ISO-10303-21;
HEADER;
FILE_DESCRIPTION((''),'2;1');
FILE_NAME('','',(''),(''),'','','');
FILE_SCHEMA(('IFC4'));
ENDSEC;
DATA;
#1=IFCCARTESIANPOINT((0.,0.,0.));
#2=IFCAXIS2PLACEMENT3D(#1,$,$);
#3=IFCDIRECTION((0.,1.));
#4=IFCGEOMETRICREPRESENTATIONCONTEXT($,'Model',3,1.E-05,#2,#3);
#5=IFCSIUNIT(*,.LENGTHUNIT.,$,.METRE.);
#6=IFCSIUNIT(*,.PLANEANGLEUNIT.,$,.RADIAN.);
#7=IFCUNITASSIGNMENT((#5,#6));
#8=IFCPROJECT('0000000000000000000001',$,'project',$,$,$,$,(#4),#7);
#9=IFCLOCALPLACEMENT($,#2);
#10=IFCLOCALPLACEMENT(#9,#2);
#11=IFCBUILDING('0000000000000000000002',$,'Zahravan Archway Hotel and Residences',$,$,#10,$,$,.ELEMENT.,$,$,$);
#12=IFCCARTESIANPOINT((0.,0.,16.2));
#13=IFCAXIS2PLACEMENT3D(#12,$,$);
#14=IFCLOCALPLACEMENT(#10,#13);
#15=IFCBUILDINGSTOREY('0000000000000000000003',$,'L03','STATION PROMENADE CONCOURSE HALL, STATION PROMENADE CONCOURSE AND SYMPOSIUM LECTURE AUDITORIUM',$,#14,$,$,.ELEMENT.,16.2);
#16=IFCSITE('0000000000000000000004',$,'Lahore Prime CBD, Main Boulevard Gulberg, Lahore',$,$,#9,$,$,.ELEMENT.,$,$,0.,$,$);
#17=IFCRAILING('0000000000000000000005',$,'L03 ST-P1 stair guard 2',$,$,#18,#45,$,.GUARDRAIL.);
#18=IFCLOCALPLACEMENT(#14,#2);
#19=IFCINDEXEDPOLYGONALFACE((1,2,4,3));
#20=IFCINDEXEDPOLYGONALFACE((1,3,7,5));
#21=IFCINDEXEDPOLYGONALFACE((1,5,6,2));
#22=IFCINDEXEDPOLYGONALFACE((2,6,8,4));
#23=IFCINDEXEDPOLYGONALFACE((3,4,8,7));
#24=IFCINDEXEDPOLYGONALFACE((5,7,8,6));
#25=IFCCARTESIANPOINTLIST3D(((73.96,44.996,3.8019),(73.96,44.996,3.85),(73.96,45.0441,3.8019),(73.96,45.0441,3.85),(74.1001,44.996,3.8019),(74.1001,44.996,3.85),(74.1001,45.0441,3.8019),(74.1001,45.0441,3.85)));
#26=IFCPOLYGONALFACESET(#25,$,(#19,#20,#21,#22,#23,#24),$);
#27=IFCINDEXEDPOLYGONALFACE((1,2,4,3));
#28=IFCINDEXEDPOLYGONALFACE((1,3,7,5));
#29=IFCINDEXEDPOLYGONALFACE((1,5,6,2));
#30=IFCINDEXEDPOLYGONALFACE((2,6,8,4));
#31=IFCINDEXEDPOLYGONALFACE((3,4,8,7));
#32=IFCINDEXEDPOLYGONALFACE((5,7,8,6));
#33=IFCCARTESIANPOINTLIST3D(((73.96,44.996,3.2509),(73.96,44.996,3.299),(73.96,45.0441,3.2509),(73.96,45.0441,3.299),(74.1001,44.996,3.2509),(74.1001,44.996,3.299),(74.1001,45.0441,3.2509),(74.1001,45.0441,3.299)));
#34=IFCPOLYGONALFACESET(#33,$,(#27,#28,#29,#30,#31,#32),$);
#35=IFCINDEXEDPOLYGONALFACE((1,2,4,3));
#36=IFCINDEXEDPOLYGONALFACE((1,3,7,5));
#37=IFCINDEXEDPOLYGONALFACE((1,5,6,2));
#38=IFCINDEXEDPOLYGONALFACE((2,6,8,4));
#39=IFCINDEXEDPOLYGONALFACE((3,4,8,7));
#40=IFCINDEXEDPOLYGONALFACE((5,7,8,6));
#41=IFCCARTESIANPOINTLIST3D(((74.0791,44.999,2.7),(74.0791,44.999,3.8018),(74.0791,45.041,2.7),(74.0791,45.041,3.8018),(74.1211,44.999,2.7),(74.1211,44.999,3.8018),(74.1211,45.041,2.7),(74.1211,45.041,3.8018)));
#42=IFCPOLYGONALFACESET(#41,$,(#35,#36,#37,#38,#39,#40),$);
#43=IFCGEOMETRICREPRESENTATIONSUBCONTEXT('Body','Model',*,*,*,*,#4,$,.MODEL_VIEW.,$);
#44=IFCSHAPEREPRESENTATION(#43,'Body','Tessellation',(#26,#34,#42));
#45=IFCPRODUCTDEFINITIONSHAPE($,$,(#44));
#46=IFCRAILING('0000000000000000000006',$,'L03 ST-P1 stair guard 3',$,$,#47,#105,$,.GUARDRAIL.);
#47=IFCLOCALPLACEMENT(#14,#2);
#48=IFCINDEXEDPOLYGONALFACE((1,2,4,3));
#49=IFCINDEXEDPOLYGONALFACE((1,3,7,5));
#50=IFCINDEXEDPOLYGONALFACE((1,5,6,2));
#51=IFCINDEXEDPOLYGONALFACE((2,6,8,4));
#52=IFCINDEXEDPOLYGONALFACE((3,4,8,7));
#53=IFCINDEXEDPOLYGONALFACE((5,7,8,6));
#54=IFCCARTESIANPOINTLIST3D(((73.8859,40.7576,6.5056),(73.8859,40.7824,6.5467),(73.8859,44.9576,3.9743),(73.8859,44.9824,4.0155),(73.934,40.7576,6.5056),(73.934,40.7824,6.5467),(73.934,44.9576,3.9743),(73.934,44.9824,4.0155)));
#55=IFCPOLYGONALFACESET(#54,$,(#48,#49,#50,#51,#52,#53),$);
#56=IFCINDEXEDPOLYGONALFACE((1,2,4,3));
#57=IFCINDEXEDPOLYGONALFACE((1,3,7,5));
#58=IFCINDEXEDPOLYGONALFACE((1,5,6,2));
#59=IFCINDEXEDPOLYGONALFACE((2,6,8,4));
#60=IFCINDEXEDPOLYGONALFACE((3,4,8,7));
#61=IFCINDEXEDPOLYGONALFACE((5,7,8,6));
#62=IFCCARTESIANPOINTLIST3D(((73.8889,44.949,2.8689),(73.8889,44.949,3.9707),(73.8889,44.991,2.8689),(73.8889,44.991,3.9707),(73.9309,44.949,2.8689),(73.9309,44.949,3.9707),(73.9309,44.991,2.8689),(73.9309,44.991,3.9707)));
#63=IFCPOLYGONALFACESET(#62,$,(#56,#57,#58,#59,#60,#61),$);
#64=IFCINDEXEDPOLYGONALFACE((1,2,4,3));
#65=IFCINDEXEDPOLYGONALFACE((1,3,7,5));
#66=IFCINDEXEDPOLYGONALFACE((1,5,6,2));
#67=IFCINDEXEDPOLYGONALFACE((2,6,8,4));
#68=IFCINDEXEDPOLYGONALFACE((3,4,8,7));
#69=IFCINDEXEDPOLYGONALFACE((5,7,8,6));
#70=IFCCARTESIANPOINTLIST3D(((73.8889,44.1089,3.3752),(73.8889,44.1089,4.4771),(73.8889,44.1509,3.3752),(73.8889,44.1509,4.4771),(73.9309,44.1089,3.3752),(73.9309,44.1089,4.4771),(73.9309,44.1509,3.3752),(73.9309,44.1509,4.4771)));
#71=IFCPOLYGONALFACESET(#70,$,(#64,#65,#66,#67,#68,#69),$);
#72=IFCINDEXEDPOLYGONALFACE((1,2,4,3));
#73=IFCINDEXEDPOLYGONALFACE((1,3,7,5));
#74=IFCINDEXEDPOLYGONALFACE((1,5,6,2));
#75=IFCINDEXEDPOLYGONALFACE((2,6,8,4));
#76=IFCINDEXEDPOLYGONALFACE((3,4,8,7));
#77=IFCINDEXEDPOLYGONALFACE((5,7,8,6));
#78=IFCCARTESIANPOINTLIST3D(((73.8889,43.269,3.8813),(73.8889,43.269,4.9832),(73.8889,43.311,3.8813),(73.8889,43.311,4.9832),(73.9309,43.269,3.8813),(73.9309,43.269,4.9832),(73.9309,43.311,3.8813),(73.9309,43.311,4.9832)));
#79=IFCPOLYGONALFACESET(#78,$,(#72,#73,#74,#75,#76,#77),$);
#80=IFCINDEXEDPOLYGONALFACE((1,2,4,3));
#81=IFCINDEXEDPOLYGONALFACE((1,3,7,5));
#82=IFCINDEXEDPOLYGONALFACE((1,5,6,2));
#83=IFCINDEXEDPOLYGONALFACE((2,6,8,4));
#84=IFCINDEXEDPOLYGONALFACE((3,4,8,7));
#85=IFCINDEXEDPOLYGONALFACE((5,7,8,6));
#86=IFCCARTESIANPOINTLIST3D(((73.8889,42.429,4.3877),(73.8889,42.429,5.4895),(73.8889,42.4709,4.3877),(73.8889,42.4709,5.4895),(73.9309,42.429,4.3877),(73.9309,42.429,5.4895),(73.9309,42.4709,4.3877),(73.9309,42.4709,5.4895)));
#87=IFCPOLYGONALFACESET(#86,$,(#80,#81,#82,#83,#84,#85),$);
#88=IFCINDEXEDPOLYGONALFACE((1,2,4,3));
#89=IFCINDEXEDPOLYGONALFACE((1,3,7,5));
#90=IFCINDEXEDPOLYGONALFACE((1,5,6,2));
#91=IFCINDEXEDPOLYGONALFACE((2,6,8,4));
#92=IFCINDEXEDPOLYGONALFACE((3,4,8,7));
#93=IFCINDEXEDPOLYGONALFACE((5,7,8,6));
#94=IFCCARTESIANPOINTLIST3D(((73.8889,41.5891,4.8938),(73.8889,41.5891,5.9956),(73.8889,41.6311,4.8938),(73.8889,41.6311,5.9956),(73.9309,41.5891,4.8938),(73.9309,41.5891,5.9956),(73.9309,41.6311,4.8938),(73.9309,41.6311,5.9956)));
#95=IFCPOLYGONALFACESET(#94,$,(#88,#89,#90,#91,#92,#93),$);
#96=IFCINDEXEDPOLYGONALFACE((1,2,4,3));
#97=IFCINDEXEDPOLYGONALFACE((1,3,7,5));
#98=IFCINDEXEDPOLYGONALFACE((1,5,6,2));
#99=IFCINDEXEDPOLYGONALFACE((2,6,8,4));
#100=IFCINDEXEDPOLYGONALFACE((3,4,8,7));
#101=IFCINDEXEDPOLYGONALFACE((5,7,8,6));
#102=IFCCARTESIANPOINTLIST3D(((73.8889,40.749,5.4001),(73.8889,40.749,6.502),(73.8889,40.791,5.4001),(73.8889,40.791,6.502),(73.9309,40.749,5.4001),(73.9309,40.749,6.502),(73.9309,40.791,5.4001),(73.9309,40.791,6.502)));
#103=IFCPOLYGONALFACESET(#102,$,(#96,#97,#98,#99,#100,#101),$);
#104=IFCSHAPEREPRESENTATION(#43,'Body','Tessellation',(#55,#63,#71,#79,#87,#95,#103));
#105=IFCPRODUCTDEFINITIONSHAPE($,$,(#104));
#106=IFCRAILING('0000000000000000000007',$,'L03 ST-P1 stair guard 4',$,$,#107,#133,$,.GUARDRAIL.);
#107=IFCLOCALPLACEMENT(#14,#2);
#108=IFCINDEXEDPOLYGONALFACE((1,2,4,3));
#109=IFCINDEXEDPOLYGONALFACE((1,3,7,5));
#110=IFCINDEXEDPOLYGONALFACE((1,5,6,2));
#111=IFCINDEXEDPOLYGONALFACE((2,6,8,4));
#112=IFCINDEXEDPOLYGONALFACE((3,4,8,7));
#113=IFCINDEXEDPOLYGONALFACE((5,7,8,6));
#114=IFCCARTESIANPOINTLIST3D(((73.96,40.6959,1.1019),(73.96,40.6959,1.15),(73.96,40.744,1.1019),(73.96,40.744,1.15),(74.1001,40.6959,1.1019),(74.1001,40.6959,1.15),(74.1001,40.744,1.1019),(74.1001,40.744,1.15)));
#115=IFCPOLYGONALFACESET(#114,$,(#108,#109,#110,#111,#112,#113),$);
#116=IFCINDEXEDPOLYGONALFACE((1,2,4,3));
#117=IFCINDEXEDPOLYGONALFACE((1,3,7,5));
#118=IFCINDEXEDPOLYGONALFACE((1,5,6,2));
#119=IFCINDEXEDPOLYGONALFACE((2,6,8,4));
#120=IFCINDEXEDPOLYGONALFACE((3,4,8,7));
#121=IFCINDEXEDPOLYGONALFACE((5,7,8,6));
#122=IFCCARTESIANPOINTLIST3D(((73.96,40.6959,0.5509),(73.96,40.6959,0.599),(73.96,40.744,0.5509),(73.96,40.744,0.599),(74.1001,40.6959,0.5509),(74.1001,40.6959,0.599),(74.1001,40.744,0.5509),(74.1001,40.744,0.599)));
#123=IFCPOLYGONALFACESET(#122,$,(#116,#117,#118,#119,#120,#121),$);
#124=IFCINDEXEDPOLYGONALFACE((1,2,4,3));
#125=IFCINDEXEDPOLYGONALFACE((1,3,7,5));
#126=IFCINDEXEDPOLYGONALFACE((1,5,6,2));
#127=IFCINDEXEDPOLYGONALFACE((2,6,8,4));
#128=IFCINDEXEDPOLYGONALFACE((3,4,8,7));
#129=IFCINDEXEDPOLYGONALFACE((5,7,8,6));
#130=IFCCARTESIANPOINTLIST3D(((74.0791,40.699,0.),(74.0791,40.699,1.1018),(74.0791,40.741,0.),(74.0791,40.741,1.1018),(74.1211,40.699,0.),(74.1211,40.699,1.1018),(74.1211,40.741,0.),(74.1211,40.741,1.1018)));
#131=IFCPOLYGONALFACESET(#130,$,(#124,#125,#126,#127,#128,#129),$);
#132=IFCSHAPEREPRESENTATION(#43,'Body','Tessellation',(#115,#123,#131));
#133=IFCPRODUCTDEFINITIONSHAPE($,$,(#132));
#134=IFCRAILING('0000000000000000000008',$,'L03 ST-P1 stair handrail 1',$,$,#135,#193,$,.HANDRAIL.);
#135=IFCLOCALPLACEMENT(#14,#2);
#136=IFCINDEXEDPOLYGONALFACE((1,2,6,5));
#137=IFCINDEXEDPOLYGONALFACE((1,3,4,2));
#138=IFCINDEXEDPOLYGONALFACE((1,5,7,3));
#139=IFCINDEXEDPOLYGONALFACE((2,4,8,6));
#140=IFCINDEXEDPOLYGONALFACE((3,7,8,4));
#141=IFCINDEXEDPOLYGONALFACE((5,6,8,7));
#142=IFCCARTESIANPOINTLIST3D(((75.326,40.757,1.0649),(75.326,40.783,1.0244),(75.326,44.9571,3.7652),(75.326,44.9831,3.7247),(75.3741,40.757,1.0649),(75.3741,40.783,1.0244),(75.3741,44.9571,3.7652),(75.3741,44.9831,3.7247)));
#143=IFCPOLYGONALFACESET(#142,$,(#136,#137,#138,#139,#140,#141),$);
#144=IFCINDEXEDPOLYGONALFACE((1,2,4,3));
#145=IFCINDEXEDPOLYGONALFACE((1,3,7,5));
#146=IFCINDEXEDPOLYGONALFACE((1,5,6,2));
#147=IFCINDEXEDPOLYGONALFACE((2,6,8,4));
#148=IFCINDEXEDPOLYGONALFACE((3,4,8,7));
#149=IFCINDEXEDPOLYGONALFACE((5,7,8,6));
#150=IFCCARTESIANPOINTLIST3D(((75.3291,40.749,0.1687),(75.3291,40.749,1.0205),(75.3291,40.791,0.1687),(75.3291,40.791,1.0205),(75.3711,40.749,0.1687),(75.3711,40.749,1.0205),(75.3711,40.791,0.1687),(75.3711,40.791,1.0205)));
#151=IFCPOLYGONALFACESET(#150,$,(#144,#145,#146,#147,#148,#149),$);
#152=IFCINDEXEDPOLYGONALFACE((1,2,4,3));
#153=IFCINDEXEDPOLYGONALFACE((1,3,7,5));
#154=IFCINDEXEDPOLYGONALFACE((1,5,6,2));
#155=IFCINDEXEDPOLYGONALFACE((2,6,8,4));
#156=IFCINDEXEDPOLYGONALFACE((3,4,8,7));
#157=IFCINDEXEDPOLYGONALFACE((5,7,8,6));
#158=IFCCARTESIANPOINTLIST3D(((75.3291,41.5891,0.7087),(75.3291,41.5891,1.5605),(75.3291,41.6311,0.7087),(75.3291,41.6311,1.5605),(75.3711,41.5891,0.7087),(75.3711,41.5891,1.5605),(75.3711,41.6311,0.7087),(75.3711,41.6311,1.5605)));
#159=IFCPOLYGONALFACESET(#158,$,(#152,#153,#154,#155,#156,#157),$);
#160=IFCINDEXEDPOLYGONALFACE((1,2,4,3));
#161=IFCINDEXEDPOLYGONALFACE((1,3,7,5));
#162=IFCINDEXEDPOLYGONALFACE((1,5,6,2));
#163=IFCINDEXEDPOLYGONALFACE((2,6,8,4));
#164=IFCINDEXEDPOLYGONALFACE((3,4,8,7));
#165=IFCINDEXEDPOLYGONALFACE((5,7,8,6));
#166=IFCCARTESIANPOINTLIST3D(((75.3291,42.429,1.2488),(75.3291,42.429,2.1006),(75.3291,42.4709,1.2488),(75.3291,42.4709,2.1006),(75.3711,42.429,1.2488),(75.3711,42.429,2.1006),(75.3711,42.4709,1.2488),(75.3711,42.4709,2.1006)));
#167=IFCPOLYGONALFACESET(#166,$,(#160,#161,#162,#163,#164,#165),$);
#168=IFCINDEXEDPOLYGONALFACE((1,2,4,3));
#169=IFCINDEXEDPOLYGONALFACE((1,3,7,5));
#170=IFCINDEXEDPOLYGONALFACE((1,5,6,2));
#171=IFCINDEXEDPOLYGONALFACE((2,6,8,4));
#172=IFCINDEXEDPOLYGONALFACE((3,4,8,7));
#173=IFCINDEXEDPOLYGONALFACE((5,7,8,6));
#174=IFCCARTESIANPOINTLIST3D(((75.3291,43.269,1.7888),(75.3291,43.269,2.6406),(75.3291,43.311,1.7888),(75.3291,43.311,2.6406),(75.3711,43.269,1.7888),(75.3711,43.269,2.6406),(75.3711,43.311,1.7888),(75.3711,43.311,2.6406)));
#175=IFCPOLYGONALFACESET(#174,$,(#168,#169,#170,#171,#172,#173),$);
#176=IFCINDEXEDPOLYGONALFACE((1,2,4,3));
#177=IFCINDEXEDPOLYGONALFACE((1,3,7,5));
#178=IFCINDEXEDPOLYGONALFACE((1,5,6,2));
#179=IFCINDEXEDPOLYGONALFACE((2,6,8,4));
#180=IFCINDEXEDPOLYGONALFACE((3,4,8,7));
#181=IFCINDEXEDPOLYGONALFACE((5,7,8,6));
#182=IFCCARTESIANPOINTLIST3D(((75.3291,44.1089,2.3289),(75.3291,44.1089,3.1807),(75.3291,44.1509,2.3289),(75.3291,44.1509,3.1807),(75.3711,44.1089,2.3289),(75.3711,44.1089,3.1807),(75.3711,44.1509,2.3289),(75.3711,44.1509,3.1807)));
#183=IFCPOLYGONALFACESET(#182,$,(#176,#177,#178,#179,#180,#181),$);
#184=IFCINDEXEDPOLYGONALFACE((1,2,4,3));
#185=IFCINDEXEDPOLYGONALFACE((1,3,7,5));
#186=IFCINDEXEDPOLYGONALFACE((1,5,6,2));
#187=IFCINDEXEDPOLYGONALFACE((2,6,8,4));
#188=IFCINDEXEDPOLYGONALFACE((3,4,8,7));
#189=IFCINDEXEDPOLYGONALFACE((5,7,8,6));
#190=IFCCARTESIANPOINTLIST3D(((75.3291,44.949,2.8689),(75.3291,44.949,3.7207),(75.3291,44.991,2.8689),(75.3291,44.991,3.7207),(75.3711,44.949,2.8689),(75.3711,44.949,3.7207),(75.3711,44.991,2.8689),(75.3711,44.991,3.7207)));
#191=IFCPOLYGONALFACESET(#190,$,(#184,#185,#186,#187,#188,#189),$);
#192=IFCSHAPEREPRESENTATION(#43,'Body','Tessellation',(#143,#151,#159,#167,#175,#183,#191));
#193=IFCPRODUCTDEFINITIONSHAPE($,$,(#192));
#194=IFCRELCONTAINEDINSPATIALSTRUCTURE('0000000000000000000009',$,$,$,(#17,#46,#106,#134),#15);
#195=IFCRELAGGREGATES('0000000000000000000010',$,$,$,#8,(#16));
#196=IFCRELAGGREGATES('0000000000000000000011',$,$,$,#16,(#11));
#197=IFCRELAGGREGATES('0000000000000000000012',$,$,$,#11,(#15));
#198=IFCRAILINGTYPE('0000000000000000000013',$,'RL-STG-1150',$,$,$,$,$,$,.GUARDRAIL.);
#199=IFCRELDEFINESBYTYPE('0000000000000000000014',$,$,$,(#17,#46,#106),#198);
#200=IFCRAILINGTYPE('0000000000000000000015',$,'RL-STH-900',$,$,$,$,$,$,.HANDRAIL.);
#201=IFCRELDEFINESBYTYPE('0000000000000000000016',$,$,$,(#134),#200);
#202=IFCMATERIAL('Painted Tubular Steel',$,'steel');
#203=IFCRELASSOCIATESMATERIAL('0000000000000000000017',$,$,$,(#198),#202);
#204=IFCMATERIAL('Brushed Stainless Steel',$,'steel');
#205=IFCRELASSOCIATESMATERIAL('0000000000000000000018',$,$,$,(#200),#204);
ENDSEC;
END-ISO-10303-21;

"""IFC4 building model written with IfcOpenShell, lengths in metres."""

from ifc_helpers import new_model, si_unit, direction, frame, origin, origin_2d, place, context, subcontext, project, spatial, rectangle, extrude, material, type_object, element, save


model = new_model("IFC4")

# Units and contexts
model_context = context("Model", 3, precision=1e-05, world=origin(), true_north=direction((0.0, 1.0)))
body_context = subcontext(model_context, "Body", "Model", "MODEL_VIEW")
ifc_project = project(units=[si_unit("LENGTHUNIT", "METRE"), si_unit("PLANEANGLEUNIT", "RADIAN")], contexts=[model_context])

# Site, building, storey
site_placement = place(None, origin())
site = spatial("IfcSite", under=ifc_project, at=site_placement, Name="Lahore Prime CBD, Main Boulevard Gulberg, Lahore", CompositionType="ELEMENT", RefElevation=0.0)
building_placement = place(site_placement, origin())
building = spatial("IfcBuilding", under=site, at=building_placement, Name="Zahravan Archway Hotel and Residences", CompositionType="ELEMENT")
storey_placement = place(building_placement, frame((0.0, 0.0, 16.2)))
storey = spatial("IfcBuildingStorey", under=building, at=storey_placement, Name="L03", Description="STATION PROMENADE CONCOURSE HALL, STATION PROMENADE CONCOURSE AND SYMPOSIUM LECTURE AUDITORIUM", CompositionType="ELEMENT", Elevation=16.2)

# Railings
ifc_material_1 = material(Name="Painted Tubular Steel", Category="steel")
railing_type_1 = type_object("IfcRailingType", Name="RL-STG-1150", PredefinedType="GUARDRAIL", material=ifc_material_1)
railing_1_placement = place(storey_placement, frame((74.1001, 45.02, 2.7)))
element("IfcRailing", 1, at=railing_1_placement, inside=storey, type_object=railing_type_1, Name="L03 ST-P1 stair guard 2", PredefinedType="GUARDRAIL", context=body_context, shape_type="SweptSolid", body=[
    extrude(rectangle(XDim=0.0481, YDim=0.0481, at=origin_2d()), frame((0.0, 0.0, 1.126), z_axis=(-1.0, 0.0, 0.0), x_axis=(0.0, -1.0, 0.0)), (0.0, 0.0, 1.0), 0.1401),
    extrude(rectangle(XDim=0.0481, YDim=0.0481, at=origin_2d()), frame((0.0, 0.0, 0.575), z_axis=(-1.0, 0.0, 0.0), x_axis=(0.0, -1.0, 0.0)), (0.0, 0.0, 1.0), 0.1401),
    extrude(rectangle(XDim=0.042, YDim=0.042, at=origin_2d()), origin(), (0.0, 0.0, 1.0), 1.1018),
])
railing_2_placement = place(storey_placement, frame((73.9099, 44.97, 2.8689)))
element("IfcRailing", 2, at=railing_2_placement, inside=storey, type_object=railing_type_1, Name="L03 ST-P1 stair guard 3", PredefinedType="GUARDRAIL", context=body_context, shape_type="SweptSolid", body=[
    extrude(rectangle(XDim=0.0481, YDim=0.0481, at=origin_2d()), frame((0.0, 0.0, 1.126), z_axis=(0.0, -0.856476, 0.516186), x_axis=(1.0, 0.0, 0.0)), (0.0, 0.0, 1.0), 4.9038),
    extrude(rectangle(XDim=0.042, YDim=0.042, at=origin_2d()), origin(), (0.0, 0.0, 1.0), 1.1018),
    extrude(rectangle(XDim=0.042, YDim=0.042, at=origin_2d()), frame((0.0, -0.8401, 0.5063)), (0.0, 0.0, 1.0), 1.1018),
    extrude(rectangle(XDim=0.042, YDim=0.042, at=origin_2d()), frame((0.0, -1.6799, 1.0125)), (0.0, 0.0, 1.0), 1.1018),
    extrude(rectangle(XDim=0.042, YDim=0.042, at=origin_2d()), frame((0.0, -2.52, 1.5188)), (0.0, 0.0, 1.0), 1.1018),
    extrude(rectangle(XDim=0.042, YDim=0.042, at=origin_2d()), frame((0.0, -3.3599, 2.0249)), (0.0, 0.0, 1.0), 1.1018),
    extrude(rectangle(XDim=0.042, YDim=0.042, at=origin_2d()), frame((0.0, -4.2, 2.5312)), (0.0, 0.0, 1.0), 1.1018),
])
railing_3_placement = place(storey_placement, frame((74.1001, 40.72, 0.0)))
element("IfcRailing", 3, at=railing_3_placement, inside=storey, type_object=railing_type_1, Name="L03 ST-P1 stair guard 4", PredefinedType="GUARDRAIL", context=body_context, shape_type="SweptSolid", body=[
    extrude(rectangle(XDim=0.0481, YDim=0.0481, at=origin_2d()), frame((0.0, 0.0, 1.126), z_axis=(-1.0, 0.0, 0.0), x_axis=(0.0, -1.0, 0.0)), (0.0, 0.0, 1.0), 0.1401),
    extrude(rectangle(XDim=0.0481, YDim=0.0481, at=origin_2d()), frame((0.0, 0.0, 0.575), z_axis=(-1.0, 0.0, 0.0), x_axis=(0.0, -1.0, 0.0)), (0.0, 0.0, 1.0), 0.1401),
    extrude(rectangle(XDim=0.042, YDim=0.042, at=origin_2d()), origin(), (0.0, 0.0, 1.0), 1.1018),
])
ifc_material_2 = material(Name="Brushed Stainless Steel", Category="steel")
railing_type_2 = type_object("IfcRailingType", Name="RL-STH-900", PredefinedType="HANDRAIL", material=ifc_material_2)
railing_4_placement = place(storey_placement, frame((75.3501, 40.77, 0.1687)))
element("IfcRailing", 4, at=railing_4_placement, inside=storey, type_object=railing_type_2, Name="L03 ST-P1 stair handrail 1", PredefinedType="HANDRAIL", context=body_context, shape_type="SweptSolid", body=[
    extrude(rectangle(XDim=0.0481, YDim=0.0481, at=origin_2d()), frame((0.0, 0.0, 0.876), z_axis=(0.0, 0.841158, 0.54079), x_axis=(-1.0, 0.0, 0.0)), (0.0, 0.0, 1.0), 4.9932),
    extrude(rectangle(XDim=0.042, YDim=0.042, at=origin_2d()), origin(), (0.0, 0.0, 1.0), 0.8518),
    extrude(rectangle(XDim=0.042, YDim=0.042, at=origin_2d()), frame((0.0, 0.8401, 0.54)), (0.0, 0.0, 1.0), 0.8518),
    extrude(rectangle(XDim=0.042, YDim=0.042, at=origin_2d()), frame((0.0, 1.6799, 1.0801)), (0.0, 0.0, 1.0), 0.8518),
    extrude(rectangle(XDim=0.042, YDim=0.042, at=origin_2d()), frame((0.0, 2.52, 1.6201)), (0.0, 0.0, 1.0), 0.8518),
    extrude(rectangle(XDim=0.042, YDim=0.042, at=origin_2d()), frame((0.0, 3.3599, 2.1602)), (0.0, 0.0, 1.0), 0.8518),
    extrude(rectangle(XDim=0.042, YDim=0.042, at=origin_2d()), frame((0.0, 4.2, 2.7002)), (0.0, 0.0, 1.0), 0.8518),
])

save(model, "model.ifc")
